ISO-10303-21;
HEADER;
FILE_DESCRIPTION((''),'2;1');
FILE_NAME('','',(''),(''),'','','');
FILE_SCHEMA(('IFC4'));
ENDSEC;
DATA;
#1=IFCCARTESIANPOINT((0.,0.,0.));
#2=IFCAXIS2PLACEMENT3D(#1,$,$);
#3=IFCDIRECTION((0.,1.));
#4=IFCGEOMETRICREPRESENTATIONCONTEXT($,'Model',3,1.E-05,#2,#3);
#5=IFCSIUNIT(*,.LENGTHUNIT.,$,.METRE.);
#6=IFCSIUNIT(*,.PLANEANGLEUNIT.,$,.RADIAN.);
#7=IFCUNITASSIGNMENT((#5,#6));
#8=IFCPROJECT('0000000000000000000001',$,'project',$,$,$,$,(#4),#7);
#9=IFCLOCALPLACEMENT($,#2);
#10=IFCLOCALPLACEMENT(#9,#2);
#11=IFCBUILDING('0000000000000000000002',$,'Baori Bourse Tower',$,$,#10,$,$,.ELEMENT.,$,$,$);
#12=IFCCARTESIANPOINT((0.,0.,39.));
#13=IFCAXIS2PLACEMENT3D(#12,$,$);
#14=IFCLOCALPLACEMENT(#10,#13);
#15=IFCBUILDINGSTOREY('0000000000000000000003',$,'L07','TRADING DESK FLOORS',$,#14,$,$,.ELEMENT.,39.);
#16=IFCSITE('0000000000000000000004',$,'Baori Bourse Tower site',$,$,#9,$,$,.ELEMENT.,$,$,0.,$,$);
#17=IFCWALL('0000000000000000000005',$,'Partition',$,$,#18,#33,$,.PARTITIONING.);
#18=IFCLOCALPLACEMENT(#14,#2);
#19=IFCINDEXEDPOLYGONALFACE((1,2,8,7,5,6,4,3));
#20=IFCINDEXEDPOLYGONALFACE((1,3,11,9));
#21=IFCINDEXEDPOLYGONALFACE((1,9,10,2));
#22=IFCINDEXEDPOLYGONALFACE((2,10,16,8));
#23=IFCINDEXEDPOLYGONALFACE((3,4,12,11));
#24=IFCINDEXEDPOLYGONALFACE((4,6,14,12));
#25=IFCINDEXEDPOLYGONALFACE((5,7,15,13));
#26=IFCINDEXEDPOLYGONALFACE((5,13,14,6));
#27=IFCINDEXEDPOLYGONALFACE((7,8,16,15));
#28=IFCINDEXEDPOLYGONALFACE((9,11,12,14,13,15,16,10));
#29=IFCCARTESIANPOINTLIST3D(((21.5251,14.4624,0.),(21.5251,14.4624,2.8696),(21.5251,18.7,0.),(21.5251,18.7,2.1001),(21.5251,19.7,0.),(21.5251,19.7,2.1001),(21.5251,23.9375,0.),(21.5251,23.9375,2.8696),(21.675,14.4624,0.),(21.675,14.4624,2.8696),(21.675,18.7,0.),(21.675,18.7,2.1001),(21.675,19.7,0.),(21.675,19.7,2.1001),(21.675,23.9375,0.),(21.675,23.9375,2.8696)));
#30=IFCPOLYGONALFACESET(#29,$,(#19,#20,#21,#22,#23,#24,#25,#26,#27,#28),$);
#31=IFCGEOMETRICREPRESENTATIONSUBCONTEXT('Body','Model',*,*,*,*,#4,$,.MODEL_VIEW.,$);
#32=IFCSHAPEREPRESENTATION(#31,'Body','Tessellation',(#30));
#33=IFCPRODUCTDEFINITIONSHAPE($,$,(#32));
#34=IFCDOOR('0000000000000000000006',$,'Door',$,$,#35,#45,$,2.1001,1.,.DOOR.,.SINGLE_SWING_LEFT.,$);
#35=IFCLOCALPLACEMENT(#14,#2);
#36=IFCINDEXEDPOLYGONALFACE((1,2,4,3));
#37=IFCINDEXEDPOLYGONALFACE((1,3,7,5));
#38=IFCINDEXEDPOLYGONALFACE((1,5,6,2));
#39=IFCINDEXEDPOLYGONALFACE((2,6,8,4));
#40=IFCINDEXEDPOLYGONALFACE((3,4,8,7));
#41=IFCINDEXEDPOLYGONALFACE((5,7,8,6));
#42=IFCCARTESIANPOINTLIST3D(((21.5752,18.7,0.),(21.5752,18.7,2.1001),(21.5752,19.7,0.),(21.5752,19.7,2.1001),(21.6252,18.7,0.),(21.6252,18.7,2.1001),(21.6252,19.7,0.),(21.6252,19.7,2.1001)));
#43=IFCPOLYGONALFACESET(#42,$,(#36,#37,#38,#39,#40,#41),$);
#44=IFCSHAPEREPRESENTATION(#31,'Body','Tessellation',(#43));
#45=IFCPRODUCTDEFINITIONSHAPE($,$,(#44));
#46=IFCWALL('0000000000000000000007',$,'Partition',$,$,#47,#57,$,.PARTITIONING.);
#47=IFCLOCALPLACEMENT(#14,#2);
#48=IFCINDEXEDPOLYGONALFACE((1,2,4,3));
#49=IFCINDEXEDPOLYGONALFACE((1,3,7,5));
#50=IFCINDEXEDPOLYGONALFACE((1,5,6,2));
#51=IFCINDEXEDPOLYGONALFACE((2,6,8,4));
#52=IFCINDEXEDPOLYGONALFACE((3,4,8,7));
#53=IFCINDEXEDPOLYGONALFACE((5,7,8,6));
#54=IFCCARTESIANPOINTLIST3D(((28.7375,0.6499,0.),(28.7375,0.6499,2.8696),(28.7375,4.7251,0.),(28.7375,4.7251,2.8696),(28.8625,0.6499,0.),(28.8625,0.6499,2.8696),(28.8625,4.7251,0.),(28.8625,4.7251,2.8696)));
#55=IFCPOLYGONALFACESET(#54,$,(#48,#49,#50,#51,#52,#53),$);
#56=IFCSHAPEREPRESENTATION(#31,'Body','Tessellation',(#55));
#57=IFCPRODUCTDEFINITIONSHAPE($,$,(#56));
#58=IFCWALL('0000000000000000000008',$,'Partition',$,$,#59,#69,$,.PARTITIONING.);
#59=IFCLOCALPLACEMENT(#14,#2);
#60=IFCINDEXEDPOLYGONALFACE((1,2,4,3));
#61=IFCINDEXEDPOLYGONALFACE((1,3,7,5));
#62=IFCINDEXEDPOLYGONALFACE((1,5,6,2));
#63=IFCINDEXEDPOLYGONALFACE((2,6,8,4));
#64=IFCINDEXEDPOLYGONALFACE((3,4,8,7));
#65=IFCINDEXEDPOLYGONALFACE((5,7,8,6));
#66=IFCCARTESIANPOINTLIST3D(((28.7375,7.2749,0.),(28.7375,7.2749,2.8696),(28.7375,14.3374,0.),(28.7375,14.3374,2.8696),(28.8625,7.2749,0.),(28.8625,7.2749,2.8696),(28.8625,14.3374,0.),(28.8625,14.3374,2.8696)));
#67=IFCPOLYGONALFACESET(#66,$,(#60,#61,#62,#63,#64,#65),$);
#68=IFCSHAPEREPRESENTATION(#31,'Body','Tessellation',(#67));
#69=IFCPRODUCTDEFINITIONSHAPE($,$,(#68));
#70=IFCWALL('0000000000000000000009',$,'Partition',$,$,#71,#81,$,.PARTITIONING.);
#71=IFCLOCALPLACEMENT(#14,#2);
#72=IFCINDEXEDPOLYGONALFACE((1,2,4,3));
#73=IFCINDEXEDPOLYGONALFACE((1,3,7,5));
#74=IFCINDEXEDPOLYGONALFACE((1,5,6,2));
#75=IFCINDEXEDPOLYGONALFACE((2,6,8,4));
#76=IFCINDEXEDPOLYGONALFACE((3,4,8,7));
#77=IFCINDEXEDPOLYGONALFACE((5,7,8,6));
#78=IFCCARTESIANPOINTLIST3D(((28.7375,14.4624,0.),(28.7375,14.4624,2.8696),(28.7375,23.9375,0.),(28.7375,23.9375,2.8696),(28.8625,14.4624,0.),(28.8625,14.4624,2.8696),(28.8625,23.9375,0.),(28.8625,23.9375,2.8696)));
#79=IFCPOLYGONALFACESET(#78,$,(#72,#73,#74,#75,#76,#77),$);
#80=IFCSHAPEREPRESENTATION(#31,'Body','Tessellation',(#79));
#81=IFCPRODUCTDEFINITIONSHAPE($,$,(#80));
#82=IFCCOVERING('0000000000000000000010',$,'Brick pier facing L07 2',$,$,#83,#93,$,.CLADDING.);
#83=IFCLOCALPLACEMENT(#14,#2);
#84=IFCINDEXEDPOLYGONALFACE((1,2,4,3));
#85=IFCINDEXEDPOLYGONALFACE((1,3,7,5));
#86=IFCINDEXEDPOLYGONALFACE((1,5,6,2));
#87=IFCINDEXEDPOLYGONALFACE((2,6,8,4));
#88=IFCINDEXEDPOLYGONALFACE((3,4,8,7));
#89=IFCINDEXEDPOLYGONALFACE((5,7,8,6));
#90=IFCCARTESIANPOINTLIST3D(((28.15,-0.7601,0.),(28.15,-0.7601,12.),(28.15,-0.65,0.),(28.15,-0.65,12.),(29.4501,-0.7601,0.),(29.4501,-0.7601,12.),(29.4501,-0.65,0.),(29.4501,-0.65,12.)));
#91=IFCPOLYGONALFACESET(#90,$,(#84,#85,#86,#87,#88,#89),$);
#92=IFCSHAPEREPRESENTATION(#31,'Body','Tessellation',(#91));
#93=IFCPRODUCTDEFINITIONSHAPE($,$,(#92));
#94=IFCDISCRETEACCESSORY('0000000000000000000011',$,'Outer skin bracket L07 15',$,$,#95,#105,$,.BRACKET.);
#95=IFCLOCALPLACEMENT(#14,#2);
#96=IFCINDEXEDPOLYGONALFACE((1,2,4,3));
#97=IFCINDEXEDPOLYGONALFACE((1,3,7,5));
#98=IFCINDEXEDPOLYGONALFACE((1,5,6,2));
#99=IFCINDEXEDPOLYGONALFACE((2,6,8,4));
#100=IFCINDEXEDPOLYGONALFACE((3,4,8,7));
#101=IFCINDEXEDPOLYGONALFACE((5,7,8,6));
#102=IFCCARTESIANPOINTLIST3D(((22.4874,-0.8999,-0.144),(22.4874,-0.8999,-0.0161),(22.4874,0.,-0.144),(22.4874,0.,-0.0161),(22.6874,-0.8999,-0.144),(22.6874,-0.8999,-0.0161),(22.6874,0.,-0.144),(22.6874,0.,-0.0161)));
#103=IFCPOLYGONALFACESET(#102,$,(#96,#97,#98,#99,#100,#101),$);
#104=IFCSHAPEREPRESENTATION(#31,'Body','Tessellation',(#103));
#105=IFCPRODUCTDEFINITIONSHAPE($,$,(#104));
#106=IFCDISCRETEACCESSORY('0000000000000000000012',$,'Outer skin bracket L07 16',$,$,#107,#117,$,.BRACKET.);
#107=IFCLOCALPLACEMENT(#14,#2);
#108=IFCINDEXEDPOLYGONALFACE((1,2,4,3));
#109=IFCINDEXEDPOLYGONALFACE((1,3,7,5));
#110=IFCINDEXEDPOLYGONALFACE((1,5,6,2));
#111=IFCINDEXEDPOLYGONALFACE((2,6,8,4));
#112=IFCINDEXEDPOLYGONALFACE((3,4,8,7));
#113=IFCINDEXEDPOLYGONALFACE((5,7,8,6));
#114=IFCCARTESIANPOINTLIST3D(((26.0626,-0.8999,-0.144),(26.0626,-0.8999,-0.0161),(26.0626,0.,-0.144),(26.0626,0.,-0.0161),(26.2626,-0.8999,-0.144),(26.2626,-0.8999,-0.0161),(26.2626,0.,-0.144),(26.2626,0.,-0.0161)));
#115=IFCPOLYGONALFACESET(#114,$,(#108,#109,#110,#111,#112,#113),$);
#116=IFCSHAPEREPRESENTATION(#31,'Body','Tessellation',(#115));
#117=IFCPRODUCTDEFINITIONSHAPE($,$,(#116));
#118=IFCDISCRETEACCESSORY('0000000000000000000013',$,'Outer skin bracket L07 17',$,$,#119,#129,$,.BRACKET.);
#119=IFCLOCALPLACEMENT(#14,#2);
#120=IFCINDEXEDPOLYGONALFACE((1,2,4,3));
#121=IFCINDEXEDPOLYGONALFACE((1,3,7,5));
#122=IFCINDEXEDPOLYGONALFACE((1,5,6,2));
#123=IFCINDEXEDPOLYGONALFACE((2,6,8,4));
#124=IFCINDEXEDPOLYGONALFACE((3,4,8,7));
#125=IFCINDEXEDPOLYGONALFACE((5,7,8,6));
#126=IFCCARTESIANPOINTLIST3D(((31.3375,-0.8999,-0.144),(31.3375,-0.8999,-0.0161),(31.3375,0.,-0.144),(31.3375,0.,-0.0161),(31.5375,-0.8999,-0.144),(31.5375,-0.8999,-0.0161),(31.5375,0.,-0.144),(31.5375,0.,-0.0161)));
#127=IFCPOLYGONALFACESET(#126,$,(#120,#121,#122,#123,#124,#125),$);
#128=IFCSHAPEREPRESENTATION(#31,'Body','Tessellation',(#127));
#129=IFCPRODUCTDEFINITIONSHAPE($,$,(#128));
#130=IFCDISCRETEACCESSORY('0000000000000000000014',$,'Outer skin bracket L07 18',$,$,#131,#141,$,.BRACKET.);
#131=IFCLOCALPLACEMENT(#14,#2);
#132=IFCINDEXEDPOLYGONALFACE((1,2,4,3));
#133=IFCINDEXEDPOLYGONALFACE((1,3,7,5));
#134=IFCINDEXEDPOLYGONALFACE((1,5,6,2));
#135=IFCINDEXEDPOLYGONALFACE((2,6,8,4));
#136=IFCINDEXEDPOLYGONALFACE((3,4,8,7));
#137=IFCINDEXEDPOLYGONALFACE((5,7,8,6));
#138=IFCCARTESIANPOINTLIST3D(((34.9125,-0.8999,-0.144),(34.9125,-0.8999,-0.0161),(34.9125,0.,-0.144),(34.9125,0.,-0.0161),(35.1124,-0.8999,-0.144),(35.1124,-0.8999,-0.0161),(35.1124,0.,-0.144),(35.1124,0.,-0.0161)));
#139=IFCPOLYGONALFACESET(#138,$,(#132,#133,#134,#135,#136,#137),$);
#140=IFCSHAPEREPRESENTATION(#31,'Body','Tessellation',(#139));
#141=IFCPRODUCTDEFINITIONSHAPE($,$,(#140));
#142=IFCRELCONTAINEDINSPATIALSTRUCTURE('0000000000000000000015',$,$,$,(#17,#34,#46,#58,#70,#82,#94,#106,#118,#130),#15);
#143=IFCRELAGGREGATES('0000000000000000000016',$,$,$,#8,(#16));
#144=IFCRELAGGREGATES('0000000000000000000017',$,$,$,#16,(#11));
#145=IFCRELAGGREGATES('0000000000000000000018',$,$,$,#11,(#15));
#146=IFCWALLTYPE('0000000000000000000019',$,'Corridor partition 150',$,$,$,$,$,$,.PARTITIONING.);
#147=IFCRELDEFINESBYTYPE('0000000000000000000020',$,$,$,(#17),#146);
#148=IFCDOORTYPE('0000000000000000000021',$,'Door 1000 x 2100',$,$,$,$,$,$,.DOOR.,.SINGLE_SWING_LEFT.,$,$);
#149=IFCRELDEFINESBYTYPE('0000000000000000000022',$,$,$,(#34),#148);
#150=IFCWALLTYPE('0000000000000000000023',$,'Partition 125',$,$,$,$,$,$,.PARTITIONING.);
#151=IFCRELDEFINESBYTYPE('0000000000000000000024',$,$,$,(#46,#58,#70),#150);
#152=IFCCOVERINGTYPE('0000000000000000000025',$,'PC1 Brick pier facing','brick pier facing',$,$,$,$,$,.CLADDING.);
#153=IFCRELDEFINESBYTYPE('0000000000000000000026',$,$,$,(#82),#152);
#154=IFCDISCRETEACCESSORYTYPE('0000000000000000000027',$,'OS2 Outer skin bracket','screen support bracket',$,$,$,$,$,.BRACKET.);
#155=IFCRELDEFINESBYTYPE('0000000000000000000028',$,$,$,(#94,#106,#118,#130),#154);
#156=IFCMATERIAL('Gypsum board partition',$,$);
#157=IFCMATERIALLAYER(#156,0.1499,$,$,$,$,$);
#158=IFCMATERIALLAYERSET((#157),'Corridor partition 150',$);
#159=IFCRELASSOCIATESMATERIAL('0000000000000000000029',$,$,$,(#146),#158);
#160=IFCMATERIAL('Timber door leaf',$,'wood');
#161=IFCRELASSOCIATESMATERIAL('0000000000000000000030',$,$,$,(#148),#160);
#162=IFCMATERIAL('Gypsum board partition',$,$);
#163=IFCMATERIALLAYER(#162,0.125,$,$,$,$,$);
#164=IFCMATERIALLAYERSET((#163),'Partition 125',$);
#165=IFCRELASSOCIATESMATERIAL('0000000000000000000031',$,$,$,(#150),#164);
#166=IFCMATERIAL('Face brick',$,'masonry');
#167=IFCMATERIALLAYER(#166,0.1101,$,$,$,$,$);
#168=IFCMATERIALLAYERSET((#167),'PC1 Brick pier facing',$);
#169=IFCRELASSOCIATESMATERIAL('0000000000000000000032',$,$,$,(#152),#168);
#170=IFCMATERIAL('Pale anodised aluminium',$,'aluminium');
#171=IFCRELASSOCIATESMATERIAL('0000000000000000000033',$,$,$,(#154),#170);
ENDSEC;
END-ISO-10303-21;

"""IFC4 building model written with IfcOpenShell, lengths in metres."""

from ifc_helpers import new_model, si_unit, direction, frame, frame_2d, origin, origin_2d, place, context, subcontext, project, spatial, rectangle, extrude, material, layer, layer_set, type_object, element, fill, save


model = new_model("IFC4")

# Units and contexts
model_context = context("Model", 3, precision=1e-05, world=origin(), true_north=direction((0.0, 1.0)))
body_context = subcontext(model_context, "Body", "Model", "MODEL_VIEW")
ifc_project = project(units=[si_unit("LENGTHUNIT", "METRE"), si_unit("PLANEANGLEUNIT", "RADIAN")], contexts=[model_context])

# Site, building, storey
site_placement = place(None, origin())
site = spatial("IfcSite", under=ifc_project, at=site_placement, Name="Baori Bourse Tower site", CompositionType="ELEMENT", RefElevation=0.0)
building_placement = place(site_placement, origin())
building = spatial("IfcBuilding", under=site, at=building_placement, Name="Baori Bourse Tower", CompositionType="ELEMENT")
storey_placement = place(building_placement, frame((0.0, 0.0, 39.0)))
storey = spatial("IfcBuildingStorey", under=building, at=storey_placement, Name="L07", Description="TRADING DESK FLOORS", CompositionType="ELEMENT", Elevation=39.0)

# Wall, opening, door
ifc_material_1 = material(Name="Gypsum board partition")
ifc_layer_1 = layer(ifc_material_1, 0.1499)
ifc_layer_set_1 = layer_set([ifc_layer_1], Name="Corridor partition 150")
wall_type_1 = type_object("IfcWallType", Name="Corridor partition 150", PredefinedType="PARTITIONING", material=ifc_layer_set_1)
ifc_material_2 = material(Name="Timber door leaf", Category="wood")
door_type = type_object("IfcDoorType", Name="Door 1000 x 2100", OperationType="SINGLE_SWING_LEFT", PredefinedType="DOOR", material=ifc_material_2)
wall_1_placement = place(storey_placement, frame((21.6001, 14.4624, 0.0), z_axis=(0.0, 0.0, 1.0), x_axis=(0.0, 1.0, 0.0)))
wall_1 = element("IfcWall", 1, at=wall_1_placement, inside=storey, type_object=wall_type_1, Name="Partition", PredefinedType="PARTITIONING", context=body_context, shape_type="SweptSolid", body=[
    extrude(rectangle(XDim=9.4751, YDim=0.1499, at=frame_2d((4.7375, 0.0))), origin(), (0.0, 0.0, 1.0), 2.8696),
])
opening_1_placement = place(wall_1_placement, frame((4.2375, 0.0, 0.0)))
opening_1 = element("IfcOpeningElement", 2, at=opening_1_placement, cuts=wall_1, PredefinedType="OPENING", context=body_context, shape_type="SweptSolid", body=[
    extrude(rectangle(XDim=1.0, YDim=2.1001, at=frame_2d((0.5, 1.05))), frame((0.0, 0.085, 0.0), z_axis=(0.0, -1.0, 0.0), x_axis=(1.0, 0.0, 0.0)), (0.0, 0.0, 1.0), 0.1699),
])
door_1_placement = place(opening_1_placement, origin())
door_1 = element("IfcDoor", 3, at=door_1_placement, inside=storey, type_object=door_type, Name="Door", OperationType="SINGLE_SWING_LEFT", OverallHeight=2.1001, OverallWidth=1.0, PredefinedType="DOOR", context=body_context, shape_type="SweptSolid", body=[
    extrude(rectangle(XDim=1.0, YDim=2.1001, at=frame_2d((0.5, 1.05))), frame((0.0, 0.0249, 0.0), z_axis=(0.0, -1.0, 0.0), x_axis=(1.0, 0.0, 0.0)), (0.0, 0.0, 1.0), 0.05),
])
fill(opening_1, door_1)

# Walls
ifc_material_3 = material(Name="Gypsum board partition")
ifc_layer_2 = layer(ifc_material_3, 0.125)
ifc_layer_set_2 = layer_set([ifc_layer_2], Name="Partition 125")
wall_type_2 = type_object("IfcWallType", Name="Partition 125", PredefinedType="PARTITIONING", material=ifc_layer_set_2)
wall_2_placement = place(storey_placement, frame((28.8, 0.6499, 0.0), z_axis=(0.0, 0.0, 1.0), x_axis=(0.0, 1.0, 0.0)))
element("IfcWall", 4, at=wall_2_placement, inside=storey, type_object=wall_type_2, Name="Partition", PredefinedType="PARTITIONING", context=body_context, shape_type="SweptSolid", body=[
    extrude(rectangle(XDim=4.0752, YDim=0.125, at=frame_2d((2.0376, 0.0))), origin(), (0.0, 0.0, 1.0), 2.8696),
])
wall_3_placement = place(storey_placement, frame((28.8, 7.2749, 0.0), z_axis=(0.0, 0.0, 1.0), x_axis=(0.0, 1.0, 0.0)))
element("IfcWall", 5, at=wall_3_placement, inside=storey, type_object=wall_type_2, Name="Partition", PredefinedType="PARTITIONING", context=body_context, shape_type="SweptSolid", body=[
    extrude(rectangle(XDim=7.0625, YDim=0.125, at=frame_2d((3.5312, 0.0))), origin(), (0.0, 0.0, 1.0), 2.8696),
])
wall_4_placement = place(storey_placement, frame((28.8, 14.4624, 0.0), z_axis=(0.0, 0.0, 1.0), x_axis=(0.0, 1.0, 0.0)))
element("IfcWall", 6, at=wall_4_placement, inside=storey, type_object=wall_type_2, Name="Partition", PredefinedType="PARTITIONING", context=body_context, shape_type="SweptSolid", body=[
    extrude(rectangle(XDim=9.4751, YDim=0.125, at=frame_2d((4.7375, 0.0))), origin(), (0.0, 0.0, 1.0), 2.8696),
])

# Covering
ifc_material_4 = material(Name="Face brick", Category="masonry")
ifc_layer_3 = layer(ifc_material_4, 0.1101)
ifc_layer_set_3 = layer_set([ifc_layer_3], Name="PC1 Brick pier facing")
covering_type = type_object("IfcCoveringType", Name="PC1 Brick pier facing", Description="brick pier facing", PredefinedType="CLADDING", material=ifc_layer_set_3)
covering_placement = place(storey_placement, frame((28.8, -0.7051, 0.0), z_axis=(0.0, 0.0, 1.0), x_axis=(1.0, 0.0, 0.0)))
element("IfcCovering", 7, at=covering_placement, inside=storey, type_object=covering_type, Name="Brick pier facing L07 2", PredefinedType="CLADDING", context=body_context, shape_type="SweptSolid", body=[
    extrude(rectangle(XDim=1.3, YDim=0.1101, at=origin_2d()), origin(), (0.0, 0.0, 1.0), 12.0),
])

# Discrete accessories
ifc_material_5 = material(Name="Pale anodised aluminium", Category="aluminium")
discrete_accessory_type = type_object("IfcDiscreteAccessoryType", Name="OS2 Outer skin bracket", Description="screen support bracket", PredefinedType="BRACKET", material=ifc_material_5)
for number, where, z_axis, x_axis, name in (
    (8, (22.5874, -0.45, -0.144), (0.0, 0.0, 1.0), (1.0, 0.0, 0.0), "Outer skin bracket L07 15"),
    (9, (26.1626, -0.45, -0.144), (0.0, 0.0, 1.0), (1.0, 0.0, 0.0), "Outer skin bracket L07 16"),
    (10, (31.4375, -0.45, -0.144), (0.0, 0.0, 1.0), (1.0, 0.0, 0.0), "Outer skin bracket L07 17"),
    (11, (35.0125, -0.45, -0.144), (0.0, 0.0, 1.0), (1.0, 0.0, 0.0), "Outer skin bracket L07 18"),
):
    element("IfcDiscreteAccessory", number, at=place(storey_placement, frame(where, z_axis=z_axis, x_axis=x_axis)), inside=storey, type_object=discrete_accessory_type, Name=name, PredefinedType="BRACKET", context=body_context, shape_type="SweptSolid", body=[
        extrude(rectangle(XDim=0.2, YDim=0.8999, at=origin_2d()), origin(), (0.0, 0.0, 1.0), 0.1279),
    ])

save(model, "model.ifc")
